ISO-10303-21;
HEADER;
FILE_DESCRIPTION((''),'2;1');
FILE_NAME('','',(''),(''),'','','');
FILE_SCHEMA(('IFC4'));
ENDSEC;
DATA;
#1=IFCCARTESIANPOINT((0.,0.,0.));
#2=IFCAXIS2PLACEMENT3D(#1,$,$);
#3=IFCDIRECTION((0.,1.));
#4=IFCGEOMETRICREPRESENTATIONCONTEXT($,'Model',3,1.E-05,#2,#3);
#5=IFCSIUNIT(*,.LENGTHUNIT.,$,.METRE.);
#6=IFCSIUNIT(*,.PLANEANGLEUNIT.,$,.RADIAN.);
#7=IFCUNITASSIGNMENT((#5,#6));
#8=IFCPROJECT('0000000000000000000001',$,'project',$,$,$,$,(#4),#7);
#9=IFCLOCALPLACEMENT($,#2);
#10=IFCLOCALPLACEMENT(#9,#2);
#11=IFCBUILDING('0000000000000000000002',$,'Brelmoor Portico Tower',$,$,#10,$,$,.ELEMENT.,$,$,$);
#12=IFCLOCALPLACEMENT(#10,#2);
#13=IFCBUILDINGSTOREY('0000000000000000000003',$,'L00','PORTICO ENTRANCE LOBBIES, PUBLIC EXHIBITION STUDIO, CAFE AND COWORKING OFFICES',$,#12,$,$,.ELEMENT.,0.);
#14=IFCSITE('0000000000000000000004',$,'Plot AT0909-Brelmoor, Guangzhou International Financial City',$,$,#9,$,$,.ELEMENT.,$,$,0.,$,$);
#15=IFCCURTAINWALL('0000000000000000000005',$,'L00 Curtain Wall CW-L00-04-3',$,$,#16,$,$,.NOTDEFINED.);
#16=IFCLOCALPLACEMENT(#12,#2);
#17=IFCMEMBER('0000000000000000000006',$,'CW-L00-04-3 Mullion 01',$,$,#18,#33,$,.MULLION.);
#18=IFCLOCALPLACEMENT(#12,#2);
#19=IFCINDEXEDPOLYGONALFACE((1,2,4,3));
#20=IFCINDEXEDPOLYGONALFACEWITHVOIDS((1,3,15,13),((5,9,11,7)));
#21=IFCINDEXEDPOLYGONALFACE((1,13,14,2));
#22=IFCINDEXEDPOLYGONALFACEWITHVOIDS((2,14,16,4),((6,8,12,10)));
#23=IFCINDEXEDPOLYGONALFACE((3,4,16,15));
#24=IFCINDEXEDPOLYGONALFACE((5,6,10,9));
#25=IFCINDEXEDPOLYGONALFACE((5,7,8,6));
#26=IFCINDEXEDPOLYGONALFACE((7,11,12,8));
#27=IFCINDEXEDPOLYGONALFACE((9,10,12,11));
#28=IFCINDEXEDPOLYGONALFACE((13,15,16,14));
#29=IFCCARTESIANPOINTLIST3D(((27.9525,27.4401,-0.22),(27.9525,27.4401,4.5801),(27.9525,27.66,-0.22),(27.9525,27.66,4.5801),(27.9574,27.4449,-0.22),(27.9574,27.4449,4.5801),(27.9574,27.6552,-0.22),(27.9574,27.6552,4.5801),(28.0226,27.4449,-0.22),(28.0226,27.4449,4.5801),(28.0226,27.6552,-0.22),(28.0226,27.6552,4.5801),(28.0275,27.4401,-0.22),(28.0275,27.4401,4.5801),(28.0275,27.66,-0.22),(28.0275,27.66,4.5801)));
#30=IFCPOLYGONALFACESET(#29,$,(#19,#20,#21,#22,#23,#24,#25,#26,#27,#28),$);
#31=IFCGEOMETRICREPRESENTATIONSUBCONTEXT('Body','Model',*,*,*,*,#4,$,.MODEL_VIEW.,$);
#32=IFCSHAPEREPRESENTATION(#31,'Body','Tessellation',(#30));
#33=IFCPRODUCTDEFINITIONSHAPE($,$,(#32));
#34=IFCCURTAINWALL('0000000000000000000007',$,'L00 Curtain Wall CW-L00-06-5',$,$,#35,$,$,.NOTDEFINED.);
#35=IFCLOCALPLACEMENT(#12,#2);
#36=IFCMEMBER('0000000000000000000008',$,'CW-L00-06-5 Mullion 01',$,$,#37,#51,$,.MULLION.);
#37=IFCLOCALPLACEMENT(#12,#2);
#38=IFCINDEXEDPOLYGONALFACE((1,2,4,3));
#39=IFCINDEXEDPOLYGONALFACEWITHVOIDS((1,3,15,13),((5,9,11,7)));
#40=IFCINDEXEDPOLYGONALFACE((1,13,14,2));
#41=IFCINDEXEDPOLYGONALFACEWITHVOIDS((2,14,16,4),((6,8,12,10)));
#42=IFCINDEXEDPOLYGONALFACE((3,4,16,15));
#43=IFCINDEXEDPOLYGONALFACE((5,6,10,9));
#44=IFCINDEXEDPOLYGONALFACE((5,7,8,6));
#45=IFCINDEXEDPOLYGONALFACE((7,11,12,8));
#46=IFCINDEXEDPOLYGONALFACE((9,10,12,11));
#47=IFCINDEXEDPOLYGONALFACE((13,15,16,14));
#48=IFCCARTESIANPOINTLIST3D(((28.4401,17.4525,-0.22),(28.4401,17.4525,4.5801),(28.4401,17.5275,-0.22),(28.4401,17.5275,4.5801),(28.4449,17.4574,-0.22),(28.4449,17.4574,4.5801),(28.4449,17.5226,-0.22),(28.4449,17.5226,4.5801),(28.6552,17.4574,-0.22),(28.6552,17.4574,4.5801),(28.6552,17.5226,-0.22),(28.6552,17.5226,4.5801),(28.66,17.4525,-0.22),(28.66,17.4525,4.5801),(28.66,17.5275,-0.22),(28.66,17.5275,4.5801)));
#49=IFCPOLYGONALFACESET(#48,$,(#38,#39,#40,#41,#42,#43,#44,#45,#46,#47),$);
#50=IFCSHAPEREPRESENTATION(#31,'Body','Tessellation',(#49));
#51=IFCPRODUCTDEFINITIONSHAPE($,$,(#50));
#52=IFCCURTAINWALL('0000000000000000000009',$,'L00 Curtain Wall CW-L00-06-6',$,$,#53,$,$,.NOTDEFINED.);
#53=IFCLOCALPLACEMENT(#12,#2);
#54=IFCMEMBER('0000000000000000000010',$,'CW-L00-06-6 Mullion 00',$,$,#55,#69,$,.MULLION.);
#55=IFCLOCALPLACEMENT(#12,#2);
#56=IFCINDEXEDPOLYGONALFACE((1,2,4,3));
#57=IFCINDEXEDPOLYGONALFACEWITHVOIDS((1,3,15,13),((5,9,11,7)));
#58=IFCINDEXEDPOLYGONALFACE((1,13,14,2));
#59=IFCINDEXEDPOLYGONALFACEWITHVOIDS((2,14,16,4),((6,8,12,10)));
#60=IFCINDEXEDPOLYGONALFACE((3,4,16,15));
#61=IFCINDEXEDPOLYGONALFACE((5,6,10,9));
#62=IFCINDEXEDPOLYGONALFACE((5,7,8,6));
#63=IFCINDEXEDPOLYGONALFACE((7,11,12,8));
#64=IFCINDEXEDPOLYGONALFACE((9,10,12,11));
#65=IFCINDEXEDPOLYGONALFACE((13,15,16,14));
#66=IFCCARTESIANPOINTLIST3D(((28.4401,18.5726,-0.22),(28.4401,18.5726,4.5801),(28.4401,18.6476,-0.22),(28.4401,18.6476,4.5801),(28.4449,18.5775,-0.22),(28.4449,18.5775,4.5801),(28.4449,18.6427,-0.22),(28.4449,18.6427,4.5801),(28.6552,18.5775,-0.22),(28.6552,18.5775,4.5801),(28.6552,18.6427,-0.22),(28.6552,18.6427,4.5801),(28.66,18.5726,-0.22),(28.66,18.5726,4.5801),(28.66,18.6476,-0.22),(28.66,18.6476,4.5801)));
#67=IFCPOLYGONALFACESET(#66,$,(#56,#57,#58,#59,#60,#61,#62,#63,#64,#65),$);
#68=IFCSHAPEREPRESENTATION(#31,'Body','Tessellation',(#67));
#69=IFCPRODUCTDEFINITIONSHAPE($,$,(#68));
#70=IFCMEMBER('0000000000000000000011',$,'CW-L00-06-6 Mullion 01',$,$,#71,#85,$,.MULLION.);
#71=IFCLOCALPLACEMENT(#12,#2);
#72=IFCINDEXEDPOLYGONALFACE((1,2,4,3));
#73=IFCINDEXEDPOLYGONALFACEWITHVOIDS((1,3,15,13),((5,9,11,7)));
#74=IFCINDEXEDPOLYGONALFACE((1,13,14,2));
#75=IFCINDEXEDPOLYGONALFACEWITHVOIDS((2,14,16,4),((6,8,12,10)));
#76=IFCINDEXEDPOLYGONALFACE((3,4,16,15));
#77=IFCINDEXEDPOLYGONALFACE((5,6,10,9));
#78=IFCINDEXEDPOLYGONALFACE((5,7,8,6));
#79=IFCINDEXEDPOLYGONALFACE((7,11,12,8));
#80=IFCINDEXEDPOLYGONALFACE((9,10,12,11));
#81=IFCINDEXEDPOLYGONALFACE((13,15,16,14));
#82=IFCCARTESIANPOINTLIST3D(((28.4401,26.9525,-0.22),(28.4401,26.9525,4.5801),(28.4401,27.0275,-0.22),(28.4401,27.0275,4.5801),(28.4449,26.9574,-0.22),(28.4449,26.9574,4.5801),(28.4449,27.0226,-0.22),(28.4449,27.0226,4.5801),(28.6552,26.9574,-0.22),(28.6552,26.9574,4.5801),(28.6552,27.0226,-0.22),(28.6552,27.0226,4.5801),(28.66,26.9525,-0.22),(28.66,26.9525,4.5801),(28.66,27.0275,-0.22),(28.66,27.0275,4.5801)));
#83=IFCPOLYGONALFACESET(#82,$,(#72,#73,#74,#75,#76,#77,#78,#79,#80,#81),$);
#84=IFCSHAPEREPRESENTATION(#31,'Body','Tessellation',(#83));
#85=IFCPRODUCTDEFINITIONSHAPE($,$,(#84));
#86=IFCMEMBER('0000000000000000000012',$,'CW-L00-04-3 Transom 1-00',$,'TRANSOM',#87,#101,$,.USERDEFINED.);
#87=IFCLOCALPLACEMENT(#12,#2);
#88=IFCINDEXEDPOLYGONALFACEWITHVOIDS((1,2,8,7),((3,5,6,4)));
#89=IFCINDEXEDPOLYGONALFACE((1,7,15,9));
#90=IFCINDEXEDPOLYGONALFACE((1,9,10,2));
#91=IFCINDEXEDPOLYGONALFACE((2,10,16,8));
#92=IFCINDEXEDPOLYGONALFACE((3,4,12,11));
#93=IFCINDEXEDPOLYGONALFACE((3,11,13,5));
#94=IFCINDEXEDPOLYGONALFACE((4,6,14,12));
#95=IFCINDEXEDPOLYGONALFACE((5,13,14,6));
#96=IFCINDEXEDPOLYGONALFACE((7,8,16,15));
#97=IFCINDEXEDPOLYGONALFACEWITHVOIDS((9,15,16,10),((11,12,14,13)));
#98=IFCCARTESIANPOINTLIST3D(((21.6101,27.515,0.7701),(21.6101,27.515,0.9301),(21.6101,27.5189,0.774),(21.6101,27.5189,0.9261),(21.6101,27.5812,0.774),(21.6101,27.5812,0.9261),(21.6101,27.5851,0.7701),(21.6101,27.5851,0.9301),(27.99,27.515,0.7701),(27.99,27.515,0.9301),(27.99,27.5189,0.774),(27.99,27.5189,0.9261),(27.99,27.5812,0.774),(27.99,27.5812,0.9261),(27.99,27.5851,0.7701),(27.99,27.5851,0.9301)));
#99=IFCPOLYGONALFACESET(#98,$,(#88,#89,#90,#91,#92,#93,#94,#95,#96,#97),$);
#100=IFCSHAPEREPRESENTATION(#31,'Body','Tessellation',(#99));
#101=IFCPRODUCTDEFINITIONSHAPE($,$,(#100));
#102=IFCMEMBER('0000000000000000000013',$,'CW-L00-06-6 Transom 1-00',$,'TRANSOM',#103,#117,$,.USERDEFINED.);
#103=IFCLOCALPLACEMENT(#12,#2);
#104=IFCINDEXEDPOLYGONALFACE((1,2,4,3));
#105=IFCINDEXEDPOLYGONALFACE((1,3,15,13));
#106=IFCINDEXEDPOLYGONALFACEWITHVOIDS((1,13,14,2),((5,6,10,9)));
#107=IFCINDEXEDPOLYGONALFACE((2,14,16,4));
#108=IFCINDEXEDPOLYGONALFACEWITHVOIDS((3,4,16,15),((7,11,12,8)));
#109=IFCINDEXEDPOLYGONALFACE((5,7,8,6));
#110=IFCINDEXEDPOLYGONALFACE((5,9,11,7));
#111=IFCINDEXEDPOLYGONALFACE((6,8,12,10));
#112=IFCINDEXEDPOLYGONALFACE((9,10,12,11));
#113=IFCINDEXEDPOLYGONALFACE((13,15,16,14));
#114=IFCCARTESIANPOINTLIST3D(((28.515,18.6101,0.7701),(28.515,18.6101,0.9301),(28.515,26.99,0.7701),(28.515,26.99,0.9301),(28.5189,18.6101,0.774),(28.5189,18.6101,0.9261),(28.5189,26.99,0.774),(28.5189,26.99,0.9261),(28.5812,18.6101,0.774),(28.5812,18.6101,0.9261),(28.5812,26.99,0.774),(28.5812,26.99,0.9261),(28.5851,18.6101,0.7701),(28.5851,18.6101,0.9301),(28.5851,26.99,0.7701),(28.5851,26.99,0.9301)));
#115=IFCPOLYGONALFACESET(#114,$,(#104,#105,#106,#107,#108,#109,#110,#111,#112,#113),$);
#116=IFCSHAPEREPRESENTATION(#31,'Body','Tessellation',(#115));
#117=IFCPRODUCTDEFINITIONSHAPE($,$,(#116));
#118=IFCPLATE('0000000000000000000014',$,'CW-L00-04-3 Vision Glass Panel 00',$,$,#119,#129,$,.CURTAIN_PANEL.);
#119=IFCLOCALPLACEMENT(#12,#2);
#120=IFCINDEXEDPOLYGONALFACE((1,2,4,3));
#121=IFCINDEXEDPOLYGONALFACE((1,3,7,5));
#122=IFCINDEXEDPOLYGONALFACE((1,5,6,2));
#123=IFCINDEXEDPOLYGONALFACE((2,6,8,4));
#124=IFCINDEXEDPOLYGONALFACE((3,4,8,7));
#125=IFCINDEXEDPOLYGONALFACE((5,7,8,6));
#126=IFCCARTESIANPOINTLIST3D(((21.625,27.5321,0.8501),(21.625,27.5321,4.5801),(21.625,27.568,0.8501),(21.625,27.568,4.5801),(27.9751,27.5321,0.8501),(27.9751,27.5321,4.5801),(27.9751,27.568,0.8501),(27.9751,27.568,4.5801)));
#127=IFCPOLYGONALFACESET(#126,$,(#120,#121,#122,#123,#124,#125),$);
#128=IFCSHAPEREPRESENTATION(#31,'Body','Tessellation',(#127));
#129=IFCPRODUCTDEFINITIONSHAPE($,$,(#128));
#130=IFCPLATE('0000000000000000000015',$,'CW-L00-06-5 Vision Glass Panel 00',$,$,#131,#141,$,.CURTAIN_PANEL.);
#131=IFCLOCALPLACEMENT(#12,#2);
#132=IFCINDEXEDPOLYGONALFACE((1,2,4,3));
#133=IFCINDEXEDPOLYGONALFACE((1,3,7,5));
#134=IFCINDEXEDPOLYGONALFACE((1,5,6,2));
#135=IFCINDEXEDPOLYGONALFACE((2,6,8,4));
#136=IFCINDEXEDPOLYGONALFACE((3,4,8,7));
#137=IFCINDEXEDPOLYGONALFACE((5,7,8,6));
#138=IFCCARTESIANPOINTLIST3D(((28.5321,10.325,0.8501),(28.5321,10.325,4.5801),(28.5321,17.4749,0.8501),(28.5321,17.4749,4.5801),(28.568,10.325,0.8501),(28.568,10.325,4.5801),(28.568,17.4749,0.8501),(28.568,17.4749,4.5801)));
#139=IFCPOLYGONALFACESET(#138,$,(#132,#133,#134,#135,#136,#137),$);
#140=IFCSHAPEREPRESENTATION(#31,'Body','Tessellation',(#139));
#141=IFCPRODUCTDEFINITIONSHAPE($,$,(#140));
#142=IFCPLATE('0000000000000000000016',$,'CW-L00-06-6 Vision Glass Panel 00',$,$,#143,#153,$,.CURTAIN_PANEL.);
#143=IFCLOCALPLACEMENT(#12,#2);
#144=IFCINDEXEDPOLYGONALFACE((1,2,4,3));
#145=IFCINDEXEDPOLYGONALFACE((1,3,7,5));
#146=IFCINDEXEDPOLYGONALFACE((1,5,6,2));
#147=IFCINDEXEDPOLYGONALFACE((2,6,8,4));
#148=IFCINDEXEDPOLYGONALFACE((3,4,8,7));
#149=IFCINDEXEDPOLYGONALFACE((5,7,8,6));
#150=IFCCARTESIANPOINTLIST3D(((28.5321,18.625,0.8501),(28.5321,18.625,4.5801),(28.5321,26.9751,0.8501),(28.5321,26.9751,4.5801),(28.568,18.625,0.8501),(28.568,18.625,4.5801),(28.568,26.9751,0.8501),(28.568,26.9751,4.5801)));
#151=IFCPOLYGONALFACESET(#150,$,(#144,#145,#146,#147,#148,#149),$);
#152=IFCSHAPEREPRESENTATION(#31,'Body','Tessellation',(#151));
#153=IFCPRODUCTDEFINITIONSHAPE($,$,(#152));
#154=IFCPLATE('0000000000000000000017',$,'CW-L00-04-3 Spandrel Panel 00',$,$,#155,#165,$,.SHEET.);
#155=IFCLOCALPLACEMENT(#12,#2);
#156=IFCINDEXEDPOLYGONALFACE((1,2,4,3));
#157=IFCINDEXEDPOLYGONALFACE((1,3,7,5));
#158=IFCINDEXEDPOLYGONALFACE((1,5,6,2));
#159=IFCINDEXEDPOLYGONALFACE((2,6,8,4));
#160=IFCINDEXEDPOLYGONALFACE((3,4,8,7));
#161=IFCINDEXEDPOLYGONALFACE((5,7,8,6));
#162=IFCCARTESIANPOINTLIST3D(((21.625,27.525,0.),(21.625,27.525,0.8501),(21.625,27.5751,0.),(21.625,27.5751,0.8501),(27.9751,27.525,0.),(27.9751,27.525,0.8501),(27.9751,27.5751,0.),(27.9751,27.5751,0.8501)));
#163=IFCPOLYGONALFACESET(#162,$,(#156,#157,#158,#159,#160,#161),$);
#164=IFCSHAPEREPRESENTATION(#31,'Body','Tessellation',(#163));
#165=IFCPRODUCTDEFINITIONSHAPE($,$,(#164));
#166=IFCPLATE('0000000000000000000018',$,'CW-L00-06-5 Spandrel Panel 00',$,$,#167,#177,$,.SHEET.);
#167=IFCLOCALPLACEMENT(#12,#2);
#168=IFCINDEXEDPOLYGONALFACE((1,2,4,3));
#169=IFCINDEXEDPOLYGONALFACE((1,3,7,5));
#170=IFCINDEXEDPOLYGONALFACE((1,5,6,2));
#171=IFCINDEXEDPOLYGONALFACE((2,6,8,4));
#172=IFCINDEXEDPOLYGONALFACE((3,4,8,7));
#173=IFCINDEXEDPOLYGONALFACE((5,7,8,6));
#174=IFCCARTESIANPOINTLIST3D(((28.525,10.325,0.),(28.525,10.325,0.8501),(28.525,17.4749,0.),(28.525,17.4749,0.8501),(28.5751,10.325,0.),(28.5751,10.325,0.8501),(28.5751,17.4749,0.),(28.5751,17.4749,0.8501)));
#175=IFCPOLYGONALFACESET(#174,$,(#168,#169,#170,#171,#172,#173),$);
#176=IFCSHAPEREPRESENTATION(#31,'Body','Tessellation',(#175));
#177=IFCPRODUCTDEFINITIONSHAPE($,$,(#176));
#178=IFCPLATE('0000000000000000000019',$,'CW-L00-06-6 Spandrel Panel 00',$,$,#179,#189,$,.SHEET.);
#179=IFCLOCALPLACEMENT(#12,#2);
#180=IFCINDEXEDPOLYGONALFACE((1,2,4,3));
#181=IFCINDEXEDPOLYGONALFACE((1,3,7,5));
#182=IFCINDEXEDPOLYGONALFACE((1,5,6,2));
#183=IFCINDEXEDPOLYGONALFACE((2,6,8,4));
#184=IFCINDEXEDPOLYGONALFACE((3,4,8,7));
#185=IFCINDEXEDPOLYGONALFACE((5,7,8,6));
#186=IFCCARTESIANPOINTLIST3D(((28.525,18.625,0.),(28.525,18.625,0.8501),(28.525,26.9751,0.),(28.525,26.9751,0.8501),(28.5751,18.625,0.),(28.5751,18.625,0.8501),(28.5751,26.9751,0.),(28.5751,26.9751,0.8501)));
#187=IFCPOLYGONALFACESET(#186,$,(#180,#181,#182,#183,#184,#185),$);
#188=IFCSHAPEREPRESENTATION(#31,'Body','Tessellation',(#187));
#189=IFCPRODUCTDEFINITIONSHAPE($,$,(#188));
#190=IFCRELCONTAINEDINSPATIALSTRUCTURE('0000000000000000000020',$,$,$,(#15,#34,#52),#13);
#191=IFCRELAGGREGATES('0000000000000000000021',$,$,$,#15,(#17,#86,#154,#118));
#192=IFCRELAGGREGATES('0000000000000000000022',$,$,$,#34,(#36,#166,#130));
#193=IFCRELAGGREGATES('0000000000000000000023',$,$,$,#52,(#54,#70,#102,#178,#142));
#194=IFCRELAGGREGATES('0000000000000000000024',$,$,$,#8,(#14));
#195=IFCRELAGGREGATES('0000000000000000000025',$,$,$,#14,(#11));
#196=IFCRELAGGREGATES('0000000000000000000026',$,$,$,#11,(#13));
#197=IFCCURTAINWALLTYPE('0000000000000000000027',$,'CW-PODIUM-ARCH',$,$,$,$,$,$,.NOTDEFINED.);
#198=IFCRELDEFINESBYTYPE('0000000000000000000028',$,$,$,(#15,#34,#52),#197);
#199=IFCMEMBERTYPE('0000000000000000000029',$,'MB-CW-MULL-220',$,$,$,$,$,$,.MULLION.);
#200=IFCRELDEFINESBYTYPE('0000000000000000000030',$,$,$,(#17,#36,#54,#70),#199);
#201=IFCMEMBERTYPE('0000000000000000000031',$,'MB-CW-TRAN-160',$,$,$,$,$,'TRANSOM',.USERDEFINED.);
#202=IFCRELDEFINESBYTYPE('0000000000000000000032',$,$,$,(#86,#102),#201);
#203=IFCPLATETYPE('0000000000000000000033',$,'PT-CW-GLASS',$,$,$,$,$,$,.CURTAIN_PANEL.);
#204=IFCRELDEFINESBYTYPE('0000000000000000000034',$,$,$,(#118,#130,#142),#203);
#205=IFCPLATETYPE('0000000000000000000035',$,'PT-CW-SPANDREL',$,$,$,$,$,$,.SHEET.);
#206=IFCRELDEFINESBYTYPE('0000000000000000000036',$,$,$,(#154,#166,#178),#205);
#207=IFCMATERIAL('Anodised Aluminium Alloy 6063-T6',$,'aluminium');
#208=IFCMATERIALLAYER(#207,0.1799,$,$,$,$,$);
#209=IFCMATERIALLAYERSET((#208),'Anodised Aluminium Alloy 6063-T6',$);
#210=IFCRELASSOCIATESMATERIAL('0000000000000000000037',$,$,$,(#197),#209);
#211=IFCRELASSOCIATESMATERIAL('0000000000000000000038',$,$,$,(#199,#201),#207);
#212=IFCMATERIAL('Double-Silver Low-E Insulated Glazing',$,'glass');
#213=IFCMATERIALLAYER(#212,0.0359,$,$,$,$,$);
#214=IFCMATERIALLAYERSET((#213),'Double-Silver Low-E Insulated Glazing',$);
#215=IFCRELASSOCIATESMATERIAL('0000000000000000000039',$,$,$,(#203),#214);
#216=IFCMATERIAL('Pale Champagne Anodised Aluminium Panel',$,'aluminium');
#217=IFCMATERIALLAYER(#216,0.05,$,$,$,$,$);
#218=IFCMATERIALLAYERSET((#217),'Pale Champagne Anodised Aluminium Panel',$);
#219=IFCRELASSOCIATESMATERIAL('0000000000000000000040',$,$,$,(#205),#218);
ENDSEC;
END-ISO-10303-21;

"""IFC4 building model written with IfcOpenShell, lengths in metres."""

from ifc_helpers import new_model, si_unit, direction, frame, origin, origin_2d, place, context, subcontext, project, spatial, rectangle, hollow_rectangle, extrude, material, layer, layer_set, material_profile, profile_set, type_object, element, aggregate, save


model = new_model("IFC4")

# Units and contexts
model_context = context("Model", 3, precision=1e-05, world=origin(), true_north=direction((0.0, 1.0)))
body_context = subcontext(model_context, "Body", "Model", "MODEL_VIEW")
ifc_project = project(units=[si_unit("LENGTHUNIT", "METRE"), si_unit("PLANEANGLEUNIT", "RADIAN")], contexts=[model_context])

# Site, building, storey
site_placement = place(None, origin())
site = spatial("IfcSite", under=ifc_project, at=site_placement, Name="Plot AT0909-Brelmoor, Guangzhou International Financial City", CompositionType="ELEMENT", RefElevation=0.0)
building_placement = place(site_placement, origin())
building = spatial("IfcBuilding", under=site, at=building_placement, Name="Brelmoor Portico Tower", CompositionType="ELEMENT")
storey_placement = place(building_placement, origin())
storey = spatial("IfcBuildingStorey", under=building, at=storey_placement, Name="L00", Description="PORTICO ENTRANCE LOBBIES, PUBLIC EXHIBITION STUDIO, CAFE AND COWORKING OFFICES", CompositionType="ELEMENT", Elevation=0.0)

# Shared definitions
ifc_material_1 = material(Name="Anodised Aluminium Alloy 6063-T6", Category="aluminium")
ifc_layer_1 = layer(ifc_material_1, 0.1799)
ifc_layer_set_1 = layer_set([ifc_layer_1], Name="Anodised Aluminium Alloy 6063-T6")
curtain_wall_type = type_object("IfcCurtainWallType", Name="CW-PODIUM-ARCH", PredefinedType="NOTDEFINED", material=ifc_layer_set_1)
ifc_material_profile_1 = material_profile(ifc_material_1, hollow_rectangle(XDim=0.075, YDim=0.22, WallThickness=0.0049, at=origin_2d()), Name="ALU MULLION 75x220")
ifc_profile_set_1 = profile_set([ifc_material_profile_1], Name="Anodised Aluminium Alloy 6063-T6")
member_type_1 = type_object("IfcMemberType", Name="MB-CW-MULL-220", PredefinedType="MULLION", material=ifc_profile_set_1)

# Curtain wall, member
curtain_wall_1_placement = place(storey_placement, origin())
curtain_wall_1 = element("IfcCurtainWall", 1, at=curtain_wall_1_placement, inside=storey, type_object=curtain_wall_type, Name="L00 Curtain Wall CW-L00-04-3", PredefinedType="NOTDEFINED")
member_1_placement = place(storey_placement, frame((27.99, 27.55, -0.22), z_axis=(0.0, 0.0, 1.0), x_axis=(1.0, 0.0, 0.0)))
member_1 = element("IfcMember", 2, at=member_1_placement, type_object=member_type_1, Name="CW-L00-04-3 Mullion 01", PredefinedType="MULLION", context=body_context, shape_type="SweptSolid", body=[
    extrude(hollow_rectangle(XDim=0.075, YDim=0.22, WallThickness=0.0049, at=origin_2d()), origin(), (0.0, 0.0, 1.0), 4.8),
])

# Curtain wall, member
curtain_wall_2_placement = place(storey_placement, origin())
curtain_wall_2 = element("IfcCurtainWall", 3, at=curtain_wall_2_placement, inside=storey, type_object=curtain_wall_type, Name="L00 Curtain Wall CW-L00-06-5", PredefinedType="NOTDEFINED")
member_2_placement = place(storey_placement, frame((28.55, 17.49, -0.22), z_axis=(0.0, 0.0, 1.0), x_axis=(0.0, 1.0, 0.0)))
member_2 = element("IfcMember", 4, at=member_2_placement, type_object=member_type_1, Name="CW-L00-06-5 Mullion 01", PredefinedType="MULLION", context=body_context, shape_type="SweptSolid", body=[
    extrude(hollow_rectangle(XDim=0.075, YDim=0.22, WallThickness=0.0049, at=origin_2d()), origin(), (0.0, 0.0, 1.0), 4.8),
])

# Curtain wall, members
curtain_wall_3_placement = place(storey_placement, origin())
curtain_wall_3 = element("IfcCurtainWall", 5, at=curtain_wall_3_placement, inside=storey, type_object=curtain_wall_type, Name="L00 Curtain Wall CW-L00-06-6", PredefinedType="NOTDEFINED")
member_3_placement = place(storey_placement, frame((28.55, 18.6101, -0.22), z_axis=(0.0, 0.0, 1.0), x_axis=(0.0, 1.0, 0.0)))
member_3 = element("IfcMember", 6, at=member_3_placement, type_object=member_type_1, Name="CW-L00-06-6 Mullion 00", PredefinedType="MULLION", context=body_context, shape_type="SweptSolid", body=[
    extrude(hollow_rectangle(XDim=0.075, YDim=0.22, WallThickness=0.0049, at=origin_2d()), origin(), (0.0, 0.0, 1.0), 4.8),
])
member_4_placement = place(storey_placement, frame((28.55, 26.99, -0.22), z_axis=(0.0, 0.0, 1.0), x_axis=(0.0, 1.0, 0.0)))
member_4 = element("IfcMember", 7, at=member_4_placement, type_object=member_type_1, Name="CW-L00-06-6 Mullion 01", PredefinedType="MULLION", context=body_context, shape_type="SweptSolid", body=[
    extrude(hollow_rectangle(XDim=0.075, YDim=0.22, WallThickness=0.0049, at=origin_2d()), origin(), (0.0, 0.0, 1.0), 4.8),
])

# Members
ifc_material_profile_2 = material_profile(ifc_material_1, hollow_rectangle(XDim=0.0701, YDim=0.1599, WallThickness=0.0039, at=origin_2d()), Name="ALU TRANSOM 70x160")
ifc_profile_set_2 = profile_set([ifc_material_profile_2], Name="Anodised Aluminium Alloy 6063-T6")
member_type_2 = type_object("IfcMemberType", Name="MB-CW-TRAN-160", ElementType="TRANSOM", PredefinedType="USERDEFINED", material=ifc_profile_set_2)
member_5_placement = place(storey_placement, frame((21.6101, 27.55, 0.8501), z_axis=(1.0, 0.0, 0.0), x_axis=(0.0, 1.0, 0.0)))
member_5 = element("IfcMember", 8, at=member_5_placement, type_object=member_type_2, Name="CW-L00-04-3 Transom 1-00", ObjectType="TRANSOM", PredefinedType="USERDEFINED", context=body_context, shape_type="SweptSolid", body=[
    extrude(hollow_rectangle(XDim=0.0701, YDim=0.1599, WallThickness=0.0039, at=origin_2d()), origin(), (0.0, 0.0, 1.0), 6.3799),
])
member_6_placement = place(storey_placement, frame((28.55, 18.6101, 0.8501), z_axis=(0.0, 1.0, 0.0), x_axis=(-1.0, 0.0, 0.0)))
member_6 = element("IfcMember", 9, at=member_6_placement, type_object=member_type_2, Name="CW-L00-06-6 Transom 1-00", ObjectType="TRANSOM", PredefinedType="USERDEFINED", context=body_context, shape_type="SweptSolid", body=[
    extrude(hollow_rectangle(XDim=0.0701, YDim=0.1599, WallThickness=0.0039, at=origin_2d()), origin(), (0.0, 0.0, 1.0), 8.3799),
])

# Plates
ifc_material_2 = material(Name="Double-Silver Low-E Insulated Glazing", Category="glass")
ifc_layer_2 = layer(ifc_material_2, 0.0359)
ifc_layer_set_2 = layer_set([ifc_layer_2], Name="Double-Silver Low-E Insulated Glazing")
plate_type_1 = type_object("IfcPlateType", Name="PT-CW-GLASS", PredefinedType="CURTAIN_PANEL", material=ifc_layer_set_2)
plate_1_placement = place(storey_placement, frame((24.8, 27.55, 0.8501), z_axis=(0.0, 0.0, 1.0), x_axis=(1.0, 0.0, 0.0)))
plate_1 = element("IfcPlate", 10, at=plate_1_placement, type_object=plate_type_1, Name="CW-L00-04-3 Vision Glass Panel 00", PredefinedType="CURTAIN_PANEL", context=body_context, shape_type="SweptSolid", body=[
    extrude(rectangle(XDim=6.3501, YDim=0.0359, at=origin_2d()), origin(), (0.0, 0.0, 1.0), 3.73),
])
plate_2_placement = place(storey_placement, frame((28.55, 13.8999, 0.8501), z_axis=(0.0, 0.0, 1.0), x_axis=(0.0, 1.0, 0.0)))
plate_2 = element("IfcPlate", 11, at=plate_2_placement, type_object=plate_type_1, Name="CW-L00-06-5 Vision Glass Panel 00", PredefinedType="CURTAIN_PANEL", context=body_context, shape_type="SweptSolid", body=[
    extrude(rectangle(XDim=7.1499, YDim=0.0359, at=origin_2d()), origin(), (0.0, 0.0, 1.0), 3.73),
])
plate_3_placement = place(storey_placement, frame((28.55, 22.8, 0.8501), z_axis=(0.0, 0.0, 1.0), x_axis=(0.0, 1.0, 0.0)))
plate_3 = element("IfcPlate", 12, at=plate_3_placement, type_object=plate_type_1, Name="CW-L00-06-6 Vision Glass Panel 00", PredefinedType="CURTAIN_PANEL", context=body_context, shape_type="SweptSolid", body=[
    extrude(rectangle(XDim=8.3501, YDim=0.0359, at=origin_2d()), origin(), (0.0, 0.0, 1.0), 3.73),
])
ifc_material_3 = material(Name="Pale Champagne Anodised Aluminium Panel", Category="aluminium")
ifc_layer_3 = layer(ifc_material_3, 0.05)
ifc_layer_set_3 = layer_set([ifc_layer_3], Name="Pale Champagne Anodised Aluminium Panel")
plate_type_2 = type_object("IfcPlateType", Name="PT-CW-SPANDREL", PredefinedType="SHEET", material=ifc_layer_set_3)
plate_4_placement = place(storey_placement, frame((24.8, 27.55, 0.0), z_axis=(0.0, 0.0, 1.0), x_axis=(1.0, 0.0, 0.0)))
plate_4 = element("IfcPlate", 13, at=plate_4_placement, type_object=plate_type_2, Name="CW-L00-04-3 Spandrel Panel 00", PredefinedType="SHEET", context=body_context, shape_type="SweptSolid", body=[
    extrude(rectangle(XDim=6.3501, YDim=0.05, at=origin_2d()), origin(), (0.0, 0.0, 1.0), 0.8501),
])
aggregate(curtain_wall_1, [member_1, member_5, plate_4, plate_1])
plate_5_placement = place(storey_placement, frame((28.55, 13.8999, 0.0), z_axis=(0.0, 0.0, 1.0), x_axis=(0.0, 1.0, 0.0)))
plate_5 = element("IfcPlate", 14, at=plate_5_placement, type_object=plate_type_2, Name="CW-L00-06-5 Spandrel Panel 00", PredefinedType="SHEET", context=body_context, shape_type="SweptSolid", body=[
    extrude(rectangle(XDim=7.1499, YDim=0.05, at=origin_2d()), origin(), (0.0, 0.0, 1.0), 0.8501),
])
aggregate(curtain_wall_2, [member_2, plate_5, plate_2])
plate_6_placement = place(storey_placement, frame((28.55, 22.8, 0.0), z_axis=(0.0, 0.0, 1.0), x_axis=(0.0, 1.0, 0.0)))
plate_6 = element("IfcPlate", 15, at=plate_6_placement, type_object=plate_type_2, Name="CW-L00-06-6 Spandrel Panel 00", PredefinedType="SHEET", context=body_context, shape_type="SweptSolid", body=[
    extrude(rectangle(XDim=8.3501, YDim=0.05, at=origin_2d()), origin(), (0.0, 0.0, 1.0), 0.8501),
])
aggregate(curtain_wall_3, [member_3, member_4, member_6, plate_6, plate_3])

save(model, "model.ifc")
